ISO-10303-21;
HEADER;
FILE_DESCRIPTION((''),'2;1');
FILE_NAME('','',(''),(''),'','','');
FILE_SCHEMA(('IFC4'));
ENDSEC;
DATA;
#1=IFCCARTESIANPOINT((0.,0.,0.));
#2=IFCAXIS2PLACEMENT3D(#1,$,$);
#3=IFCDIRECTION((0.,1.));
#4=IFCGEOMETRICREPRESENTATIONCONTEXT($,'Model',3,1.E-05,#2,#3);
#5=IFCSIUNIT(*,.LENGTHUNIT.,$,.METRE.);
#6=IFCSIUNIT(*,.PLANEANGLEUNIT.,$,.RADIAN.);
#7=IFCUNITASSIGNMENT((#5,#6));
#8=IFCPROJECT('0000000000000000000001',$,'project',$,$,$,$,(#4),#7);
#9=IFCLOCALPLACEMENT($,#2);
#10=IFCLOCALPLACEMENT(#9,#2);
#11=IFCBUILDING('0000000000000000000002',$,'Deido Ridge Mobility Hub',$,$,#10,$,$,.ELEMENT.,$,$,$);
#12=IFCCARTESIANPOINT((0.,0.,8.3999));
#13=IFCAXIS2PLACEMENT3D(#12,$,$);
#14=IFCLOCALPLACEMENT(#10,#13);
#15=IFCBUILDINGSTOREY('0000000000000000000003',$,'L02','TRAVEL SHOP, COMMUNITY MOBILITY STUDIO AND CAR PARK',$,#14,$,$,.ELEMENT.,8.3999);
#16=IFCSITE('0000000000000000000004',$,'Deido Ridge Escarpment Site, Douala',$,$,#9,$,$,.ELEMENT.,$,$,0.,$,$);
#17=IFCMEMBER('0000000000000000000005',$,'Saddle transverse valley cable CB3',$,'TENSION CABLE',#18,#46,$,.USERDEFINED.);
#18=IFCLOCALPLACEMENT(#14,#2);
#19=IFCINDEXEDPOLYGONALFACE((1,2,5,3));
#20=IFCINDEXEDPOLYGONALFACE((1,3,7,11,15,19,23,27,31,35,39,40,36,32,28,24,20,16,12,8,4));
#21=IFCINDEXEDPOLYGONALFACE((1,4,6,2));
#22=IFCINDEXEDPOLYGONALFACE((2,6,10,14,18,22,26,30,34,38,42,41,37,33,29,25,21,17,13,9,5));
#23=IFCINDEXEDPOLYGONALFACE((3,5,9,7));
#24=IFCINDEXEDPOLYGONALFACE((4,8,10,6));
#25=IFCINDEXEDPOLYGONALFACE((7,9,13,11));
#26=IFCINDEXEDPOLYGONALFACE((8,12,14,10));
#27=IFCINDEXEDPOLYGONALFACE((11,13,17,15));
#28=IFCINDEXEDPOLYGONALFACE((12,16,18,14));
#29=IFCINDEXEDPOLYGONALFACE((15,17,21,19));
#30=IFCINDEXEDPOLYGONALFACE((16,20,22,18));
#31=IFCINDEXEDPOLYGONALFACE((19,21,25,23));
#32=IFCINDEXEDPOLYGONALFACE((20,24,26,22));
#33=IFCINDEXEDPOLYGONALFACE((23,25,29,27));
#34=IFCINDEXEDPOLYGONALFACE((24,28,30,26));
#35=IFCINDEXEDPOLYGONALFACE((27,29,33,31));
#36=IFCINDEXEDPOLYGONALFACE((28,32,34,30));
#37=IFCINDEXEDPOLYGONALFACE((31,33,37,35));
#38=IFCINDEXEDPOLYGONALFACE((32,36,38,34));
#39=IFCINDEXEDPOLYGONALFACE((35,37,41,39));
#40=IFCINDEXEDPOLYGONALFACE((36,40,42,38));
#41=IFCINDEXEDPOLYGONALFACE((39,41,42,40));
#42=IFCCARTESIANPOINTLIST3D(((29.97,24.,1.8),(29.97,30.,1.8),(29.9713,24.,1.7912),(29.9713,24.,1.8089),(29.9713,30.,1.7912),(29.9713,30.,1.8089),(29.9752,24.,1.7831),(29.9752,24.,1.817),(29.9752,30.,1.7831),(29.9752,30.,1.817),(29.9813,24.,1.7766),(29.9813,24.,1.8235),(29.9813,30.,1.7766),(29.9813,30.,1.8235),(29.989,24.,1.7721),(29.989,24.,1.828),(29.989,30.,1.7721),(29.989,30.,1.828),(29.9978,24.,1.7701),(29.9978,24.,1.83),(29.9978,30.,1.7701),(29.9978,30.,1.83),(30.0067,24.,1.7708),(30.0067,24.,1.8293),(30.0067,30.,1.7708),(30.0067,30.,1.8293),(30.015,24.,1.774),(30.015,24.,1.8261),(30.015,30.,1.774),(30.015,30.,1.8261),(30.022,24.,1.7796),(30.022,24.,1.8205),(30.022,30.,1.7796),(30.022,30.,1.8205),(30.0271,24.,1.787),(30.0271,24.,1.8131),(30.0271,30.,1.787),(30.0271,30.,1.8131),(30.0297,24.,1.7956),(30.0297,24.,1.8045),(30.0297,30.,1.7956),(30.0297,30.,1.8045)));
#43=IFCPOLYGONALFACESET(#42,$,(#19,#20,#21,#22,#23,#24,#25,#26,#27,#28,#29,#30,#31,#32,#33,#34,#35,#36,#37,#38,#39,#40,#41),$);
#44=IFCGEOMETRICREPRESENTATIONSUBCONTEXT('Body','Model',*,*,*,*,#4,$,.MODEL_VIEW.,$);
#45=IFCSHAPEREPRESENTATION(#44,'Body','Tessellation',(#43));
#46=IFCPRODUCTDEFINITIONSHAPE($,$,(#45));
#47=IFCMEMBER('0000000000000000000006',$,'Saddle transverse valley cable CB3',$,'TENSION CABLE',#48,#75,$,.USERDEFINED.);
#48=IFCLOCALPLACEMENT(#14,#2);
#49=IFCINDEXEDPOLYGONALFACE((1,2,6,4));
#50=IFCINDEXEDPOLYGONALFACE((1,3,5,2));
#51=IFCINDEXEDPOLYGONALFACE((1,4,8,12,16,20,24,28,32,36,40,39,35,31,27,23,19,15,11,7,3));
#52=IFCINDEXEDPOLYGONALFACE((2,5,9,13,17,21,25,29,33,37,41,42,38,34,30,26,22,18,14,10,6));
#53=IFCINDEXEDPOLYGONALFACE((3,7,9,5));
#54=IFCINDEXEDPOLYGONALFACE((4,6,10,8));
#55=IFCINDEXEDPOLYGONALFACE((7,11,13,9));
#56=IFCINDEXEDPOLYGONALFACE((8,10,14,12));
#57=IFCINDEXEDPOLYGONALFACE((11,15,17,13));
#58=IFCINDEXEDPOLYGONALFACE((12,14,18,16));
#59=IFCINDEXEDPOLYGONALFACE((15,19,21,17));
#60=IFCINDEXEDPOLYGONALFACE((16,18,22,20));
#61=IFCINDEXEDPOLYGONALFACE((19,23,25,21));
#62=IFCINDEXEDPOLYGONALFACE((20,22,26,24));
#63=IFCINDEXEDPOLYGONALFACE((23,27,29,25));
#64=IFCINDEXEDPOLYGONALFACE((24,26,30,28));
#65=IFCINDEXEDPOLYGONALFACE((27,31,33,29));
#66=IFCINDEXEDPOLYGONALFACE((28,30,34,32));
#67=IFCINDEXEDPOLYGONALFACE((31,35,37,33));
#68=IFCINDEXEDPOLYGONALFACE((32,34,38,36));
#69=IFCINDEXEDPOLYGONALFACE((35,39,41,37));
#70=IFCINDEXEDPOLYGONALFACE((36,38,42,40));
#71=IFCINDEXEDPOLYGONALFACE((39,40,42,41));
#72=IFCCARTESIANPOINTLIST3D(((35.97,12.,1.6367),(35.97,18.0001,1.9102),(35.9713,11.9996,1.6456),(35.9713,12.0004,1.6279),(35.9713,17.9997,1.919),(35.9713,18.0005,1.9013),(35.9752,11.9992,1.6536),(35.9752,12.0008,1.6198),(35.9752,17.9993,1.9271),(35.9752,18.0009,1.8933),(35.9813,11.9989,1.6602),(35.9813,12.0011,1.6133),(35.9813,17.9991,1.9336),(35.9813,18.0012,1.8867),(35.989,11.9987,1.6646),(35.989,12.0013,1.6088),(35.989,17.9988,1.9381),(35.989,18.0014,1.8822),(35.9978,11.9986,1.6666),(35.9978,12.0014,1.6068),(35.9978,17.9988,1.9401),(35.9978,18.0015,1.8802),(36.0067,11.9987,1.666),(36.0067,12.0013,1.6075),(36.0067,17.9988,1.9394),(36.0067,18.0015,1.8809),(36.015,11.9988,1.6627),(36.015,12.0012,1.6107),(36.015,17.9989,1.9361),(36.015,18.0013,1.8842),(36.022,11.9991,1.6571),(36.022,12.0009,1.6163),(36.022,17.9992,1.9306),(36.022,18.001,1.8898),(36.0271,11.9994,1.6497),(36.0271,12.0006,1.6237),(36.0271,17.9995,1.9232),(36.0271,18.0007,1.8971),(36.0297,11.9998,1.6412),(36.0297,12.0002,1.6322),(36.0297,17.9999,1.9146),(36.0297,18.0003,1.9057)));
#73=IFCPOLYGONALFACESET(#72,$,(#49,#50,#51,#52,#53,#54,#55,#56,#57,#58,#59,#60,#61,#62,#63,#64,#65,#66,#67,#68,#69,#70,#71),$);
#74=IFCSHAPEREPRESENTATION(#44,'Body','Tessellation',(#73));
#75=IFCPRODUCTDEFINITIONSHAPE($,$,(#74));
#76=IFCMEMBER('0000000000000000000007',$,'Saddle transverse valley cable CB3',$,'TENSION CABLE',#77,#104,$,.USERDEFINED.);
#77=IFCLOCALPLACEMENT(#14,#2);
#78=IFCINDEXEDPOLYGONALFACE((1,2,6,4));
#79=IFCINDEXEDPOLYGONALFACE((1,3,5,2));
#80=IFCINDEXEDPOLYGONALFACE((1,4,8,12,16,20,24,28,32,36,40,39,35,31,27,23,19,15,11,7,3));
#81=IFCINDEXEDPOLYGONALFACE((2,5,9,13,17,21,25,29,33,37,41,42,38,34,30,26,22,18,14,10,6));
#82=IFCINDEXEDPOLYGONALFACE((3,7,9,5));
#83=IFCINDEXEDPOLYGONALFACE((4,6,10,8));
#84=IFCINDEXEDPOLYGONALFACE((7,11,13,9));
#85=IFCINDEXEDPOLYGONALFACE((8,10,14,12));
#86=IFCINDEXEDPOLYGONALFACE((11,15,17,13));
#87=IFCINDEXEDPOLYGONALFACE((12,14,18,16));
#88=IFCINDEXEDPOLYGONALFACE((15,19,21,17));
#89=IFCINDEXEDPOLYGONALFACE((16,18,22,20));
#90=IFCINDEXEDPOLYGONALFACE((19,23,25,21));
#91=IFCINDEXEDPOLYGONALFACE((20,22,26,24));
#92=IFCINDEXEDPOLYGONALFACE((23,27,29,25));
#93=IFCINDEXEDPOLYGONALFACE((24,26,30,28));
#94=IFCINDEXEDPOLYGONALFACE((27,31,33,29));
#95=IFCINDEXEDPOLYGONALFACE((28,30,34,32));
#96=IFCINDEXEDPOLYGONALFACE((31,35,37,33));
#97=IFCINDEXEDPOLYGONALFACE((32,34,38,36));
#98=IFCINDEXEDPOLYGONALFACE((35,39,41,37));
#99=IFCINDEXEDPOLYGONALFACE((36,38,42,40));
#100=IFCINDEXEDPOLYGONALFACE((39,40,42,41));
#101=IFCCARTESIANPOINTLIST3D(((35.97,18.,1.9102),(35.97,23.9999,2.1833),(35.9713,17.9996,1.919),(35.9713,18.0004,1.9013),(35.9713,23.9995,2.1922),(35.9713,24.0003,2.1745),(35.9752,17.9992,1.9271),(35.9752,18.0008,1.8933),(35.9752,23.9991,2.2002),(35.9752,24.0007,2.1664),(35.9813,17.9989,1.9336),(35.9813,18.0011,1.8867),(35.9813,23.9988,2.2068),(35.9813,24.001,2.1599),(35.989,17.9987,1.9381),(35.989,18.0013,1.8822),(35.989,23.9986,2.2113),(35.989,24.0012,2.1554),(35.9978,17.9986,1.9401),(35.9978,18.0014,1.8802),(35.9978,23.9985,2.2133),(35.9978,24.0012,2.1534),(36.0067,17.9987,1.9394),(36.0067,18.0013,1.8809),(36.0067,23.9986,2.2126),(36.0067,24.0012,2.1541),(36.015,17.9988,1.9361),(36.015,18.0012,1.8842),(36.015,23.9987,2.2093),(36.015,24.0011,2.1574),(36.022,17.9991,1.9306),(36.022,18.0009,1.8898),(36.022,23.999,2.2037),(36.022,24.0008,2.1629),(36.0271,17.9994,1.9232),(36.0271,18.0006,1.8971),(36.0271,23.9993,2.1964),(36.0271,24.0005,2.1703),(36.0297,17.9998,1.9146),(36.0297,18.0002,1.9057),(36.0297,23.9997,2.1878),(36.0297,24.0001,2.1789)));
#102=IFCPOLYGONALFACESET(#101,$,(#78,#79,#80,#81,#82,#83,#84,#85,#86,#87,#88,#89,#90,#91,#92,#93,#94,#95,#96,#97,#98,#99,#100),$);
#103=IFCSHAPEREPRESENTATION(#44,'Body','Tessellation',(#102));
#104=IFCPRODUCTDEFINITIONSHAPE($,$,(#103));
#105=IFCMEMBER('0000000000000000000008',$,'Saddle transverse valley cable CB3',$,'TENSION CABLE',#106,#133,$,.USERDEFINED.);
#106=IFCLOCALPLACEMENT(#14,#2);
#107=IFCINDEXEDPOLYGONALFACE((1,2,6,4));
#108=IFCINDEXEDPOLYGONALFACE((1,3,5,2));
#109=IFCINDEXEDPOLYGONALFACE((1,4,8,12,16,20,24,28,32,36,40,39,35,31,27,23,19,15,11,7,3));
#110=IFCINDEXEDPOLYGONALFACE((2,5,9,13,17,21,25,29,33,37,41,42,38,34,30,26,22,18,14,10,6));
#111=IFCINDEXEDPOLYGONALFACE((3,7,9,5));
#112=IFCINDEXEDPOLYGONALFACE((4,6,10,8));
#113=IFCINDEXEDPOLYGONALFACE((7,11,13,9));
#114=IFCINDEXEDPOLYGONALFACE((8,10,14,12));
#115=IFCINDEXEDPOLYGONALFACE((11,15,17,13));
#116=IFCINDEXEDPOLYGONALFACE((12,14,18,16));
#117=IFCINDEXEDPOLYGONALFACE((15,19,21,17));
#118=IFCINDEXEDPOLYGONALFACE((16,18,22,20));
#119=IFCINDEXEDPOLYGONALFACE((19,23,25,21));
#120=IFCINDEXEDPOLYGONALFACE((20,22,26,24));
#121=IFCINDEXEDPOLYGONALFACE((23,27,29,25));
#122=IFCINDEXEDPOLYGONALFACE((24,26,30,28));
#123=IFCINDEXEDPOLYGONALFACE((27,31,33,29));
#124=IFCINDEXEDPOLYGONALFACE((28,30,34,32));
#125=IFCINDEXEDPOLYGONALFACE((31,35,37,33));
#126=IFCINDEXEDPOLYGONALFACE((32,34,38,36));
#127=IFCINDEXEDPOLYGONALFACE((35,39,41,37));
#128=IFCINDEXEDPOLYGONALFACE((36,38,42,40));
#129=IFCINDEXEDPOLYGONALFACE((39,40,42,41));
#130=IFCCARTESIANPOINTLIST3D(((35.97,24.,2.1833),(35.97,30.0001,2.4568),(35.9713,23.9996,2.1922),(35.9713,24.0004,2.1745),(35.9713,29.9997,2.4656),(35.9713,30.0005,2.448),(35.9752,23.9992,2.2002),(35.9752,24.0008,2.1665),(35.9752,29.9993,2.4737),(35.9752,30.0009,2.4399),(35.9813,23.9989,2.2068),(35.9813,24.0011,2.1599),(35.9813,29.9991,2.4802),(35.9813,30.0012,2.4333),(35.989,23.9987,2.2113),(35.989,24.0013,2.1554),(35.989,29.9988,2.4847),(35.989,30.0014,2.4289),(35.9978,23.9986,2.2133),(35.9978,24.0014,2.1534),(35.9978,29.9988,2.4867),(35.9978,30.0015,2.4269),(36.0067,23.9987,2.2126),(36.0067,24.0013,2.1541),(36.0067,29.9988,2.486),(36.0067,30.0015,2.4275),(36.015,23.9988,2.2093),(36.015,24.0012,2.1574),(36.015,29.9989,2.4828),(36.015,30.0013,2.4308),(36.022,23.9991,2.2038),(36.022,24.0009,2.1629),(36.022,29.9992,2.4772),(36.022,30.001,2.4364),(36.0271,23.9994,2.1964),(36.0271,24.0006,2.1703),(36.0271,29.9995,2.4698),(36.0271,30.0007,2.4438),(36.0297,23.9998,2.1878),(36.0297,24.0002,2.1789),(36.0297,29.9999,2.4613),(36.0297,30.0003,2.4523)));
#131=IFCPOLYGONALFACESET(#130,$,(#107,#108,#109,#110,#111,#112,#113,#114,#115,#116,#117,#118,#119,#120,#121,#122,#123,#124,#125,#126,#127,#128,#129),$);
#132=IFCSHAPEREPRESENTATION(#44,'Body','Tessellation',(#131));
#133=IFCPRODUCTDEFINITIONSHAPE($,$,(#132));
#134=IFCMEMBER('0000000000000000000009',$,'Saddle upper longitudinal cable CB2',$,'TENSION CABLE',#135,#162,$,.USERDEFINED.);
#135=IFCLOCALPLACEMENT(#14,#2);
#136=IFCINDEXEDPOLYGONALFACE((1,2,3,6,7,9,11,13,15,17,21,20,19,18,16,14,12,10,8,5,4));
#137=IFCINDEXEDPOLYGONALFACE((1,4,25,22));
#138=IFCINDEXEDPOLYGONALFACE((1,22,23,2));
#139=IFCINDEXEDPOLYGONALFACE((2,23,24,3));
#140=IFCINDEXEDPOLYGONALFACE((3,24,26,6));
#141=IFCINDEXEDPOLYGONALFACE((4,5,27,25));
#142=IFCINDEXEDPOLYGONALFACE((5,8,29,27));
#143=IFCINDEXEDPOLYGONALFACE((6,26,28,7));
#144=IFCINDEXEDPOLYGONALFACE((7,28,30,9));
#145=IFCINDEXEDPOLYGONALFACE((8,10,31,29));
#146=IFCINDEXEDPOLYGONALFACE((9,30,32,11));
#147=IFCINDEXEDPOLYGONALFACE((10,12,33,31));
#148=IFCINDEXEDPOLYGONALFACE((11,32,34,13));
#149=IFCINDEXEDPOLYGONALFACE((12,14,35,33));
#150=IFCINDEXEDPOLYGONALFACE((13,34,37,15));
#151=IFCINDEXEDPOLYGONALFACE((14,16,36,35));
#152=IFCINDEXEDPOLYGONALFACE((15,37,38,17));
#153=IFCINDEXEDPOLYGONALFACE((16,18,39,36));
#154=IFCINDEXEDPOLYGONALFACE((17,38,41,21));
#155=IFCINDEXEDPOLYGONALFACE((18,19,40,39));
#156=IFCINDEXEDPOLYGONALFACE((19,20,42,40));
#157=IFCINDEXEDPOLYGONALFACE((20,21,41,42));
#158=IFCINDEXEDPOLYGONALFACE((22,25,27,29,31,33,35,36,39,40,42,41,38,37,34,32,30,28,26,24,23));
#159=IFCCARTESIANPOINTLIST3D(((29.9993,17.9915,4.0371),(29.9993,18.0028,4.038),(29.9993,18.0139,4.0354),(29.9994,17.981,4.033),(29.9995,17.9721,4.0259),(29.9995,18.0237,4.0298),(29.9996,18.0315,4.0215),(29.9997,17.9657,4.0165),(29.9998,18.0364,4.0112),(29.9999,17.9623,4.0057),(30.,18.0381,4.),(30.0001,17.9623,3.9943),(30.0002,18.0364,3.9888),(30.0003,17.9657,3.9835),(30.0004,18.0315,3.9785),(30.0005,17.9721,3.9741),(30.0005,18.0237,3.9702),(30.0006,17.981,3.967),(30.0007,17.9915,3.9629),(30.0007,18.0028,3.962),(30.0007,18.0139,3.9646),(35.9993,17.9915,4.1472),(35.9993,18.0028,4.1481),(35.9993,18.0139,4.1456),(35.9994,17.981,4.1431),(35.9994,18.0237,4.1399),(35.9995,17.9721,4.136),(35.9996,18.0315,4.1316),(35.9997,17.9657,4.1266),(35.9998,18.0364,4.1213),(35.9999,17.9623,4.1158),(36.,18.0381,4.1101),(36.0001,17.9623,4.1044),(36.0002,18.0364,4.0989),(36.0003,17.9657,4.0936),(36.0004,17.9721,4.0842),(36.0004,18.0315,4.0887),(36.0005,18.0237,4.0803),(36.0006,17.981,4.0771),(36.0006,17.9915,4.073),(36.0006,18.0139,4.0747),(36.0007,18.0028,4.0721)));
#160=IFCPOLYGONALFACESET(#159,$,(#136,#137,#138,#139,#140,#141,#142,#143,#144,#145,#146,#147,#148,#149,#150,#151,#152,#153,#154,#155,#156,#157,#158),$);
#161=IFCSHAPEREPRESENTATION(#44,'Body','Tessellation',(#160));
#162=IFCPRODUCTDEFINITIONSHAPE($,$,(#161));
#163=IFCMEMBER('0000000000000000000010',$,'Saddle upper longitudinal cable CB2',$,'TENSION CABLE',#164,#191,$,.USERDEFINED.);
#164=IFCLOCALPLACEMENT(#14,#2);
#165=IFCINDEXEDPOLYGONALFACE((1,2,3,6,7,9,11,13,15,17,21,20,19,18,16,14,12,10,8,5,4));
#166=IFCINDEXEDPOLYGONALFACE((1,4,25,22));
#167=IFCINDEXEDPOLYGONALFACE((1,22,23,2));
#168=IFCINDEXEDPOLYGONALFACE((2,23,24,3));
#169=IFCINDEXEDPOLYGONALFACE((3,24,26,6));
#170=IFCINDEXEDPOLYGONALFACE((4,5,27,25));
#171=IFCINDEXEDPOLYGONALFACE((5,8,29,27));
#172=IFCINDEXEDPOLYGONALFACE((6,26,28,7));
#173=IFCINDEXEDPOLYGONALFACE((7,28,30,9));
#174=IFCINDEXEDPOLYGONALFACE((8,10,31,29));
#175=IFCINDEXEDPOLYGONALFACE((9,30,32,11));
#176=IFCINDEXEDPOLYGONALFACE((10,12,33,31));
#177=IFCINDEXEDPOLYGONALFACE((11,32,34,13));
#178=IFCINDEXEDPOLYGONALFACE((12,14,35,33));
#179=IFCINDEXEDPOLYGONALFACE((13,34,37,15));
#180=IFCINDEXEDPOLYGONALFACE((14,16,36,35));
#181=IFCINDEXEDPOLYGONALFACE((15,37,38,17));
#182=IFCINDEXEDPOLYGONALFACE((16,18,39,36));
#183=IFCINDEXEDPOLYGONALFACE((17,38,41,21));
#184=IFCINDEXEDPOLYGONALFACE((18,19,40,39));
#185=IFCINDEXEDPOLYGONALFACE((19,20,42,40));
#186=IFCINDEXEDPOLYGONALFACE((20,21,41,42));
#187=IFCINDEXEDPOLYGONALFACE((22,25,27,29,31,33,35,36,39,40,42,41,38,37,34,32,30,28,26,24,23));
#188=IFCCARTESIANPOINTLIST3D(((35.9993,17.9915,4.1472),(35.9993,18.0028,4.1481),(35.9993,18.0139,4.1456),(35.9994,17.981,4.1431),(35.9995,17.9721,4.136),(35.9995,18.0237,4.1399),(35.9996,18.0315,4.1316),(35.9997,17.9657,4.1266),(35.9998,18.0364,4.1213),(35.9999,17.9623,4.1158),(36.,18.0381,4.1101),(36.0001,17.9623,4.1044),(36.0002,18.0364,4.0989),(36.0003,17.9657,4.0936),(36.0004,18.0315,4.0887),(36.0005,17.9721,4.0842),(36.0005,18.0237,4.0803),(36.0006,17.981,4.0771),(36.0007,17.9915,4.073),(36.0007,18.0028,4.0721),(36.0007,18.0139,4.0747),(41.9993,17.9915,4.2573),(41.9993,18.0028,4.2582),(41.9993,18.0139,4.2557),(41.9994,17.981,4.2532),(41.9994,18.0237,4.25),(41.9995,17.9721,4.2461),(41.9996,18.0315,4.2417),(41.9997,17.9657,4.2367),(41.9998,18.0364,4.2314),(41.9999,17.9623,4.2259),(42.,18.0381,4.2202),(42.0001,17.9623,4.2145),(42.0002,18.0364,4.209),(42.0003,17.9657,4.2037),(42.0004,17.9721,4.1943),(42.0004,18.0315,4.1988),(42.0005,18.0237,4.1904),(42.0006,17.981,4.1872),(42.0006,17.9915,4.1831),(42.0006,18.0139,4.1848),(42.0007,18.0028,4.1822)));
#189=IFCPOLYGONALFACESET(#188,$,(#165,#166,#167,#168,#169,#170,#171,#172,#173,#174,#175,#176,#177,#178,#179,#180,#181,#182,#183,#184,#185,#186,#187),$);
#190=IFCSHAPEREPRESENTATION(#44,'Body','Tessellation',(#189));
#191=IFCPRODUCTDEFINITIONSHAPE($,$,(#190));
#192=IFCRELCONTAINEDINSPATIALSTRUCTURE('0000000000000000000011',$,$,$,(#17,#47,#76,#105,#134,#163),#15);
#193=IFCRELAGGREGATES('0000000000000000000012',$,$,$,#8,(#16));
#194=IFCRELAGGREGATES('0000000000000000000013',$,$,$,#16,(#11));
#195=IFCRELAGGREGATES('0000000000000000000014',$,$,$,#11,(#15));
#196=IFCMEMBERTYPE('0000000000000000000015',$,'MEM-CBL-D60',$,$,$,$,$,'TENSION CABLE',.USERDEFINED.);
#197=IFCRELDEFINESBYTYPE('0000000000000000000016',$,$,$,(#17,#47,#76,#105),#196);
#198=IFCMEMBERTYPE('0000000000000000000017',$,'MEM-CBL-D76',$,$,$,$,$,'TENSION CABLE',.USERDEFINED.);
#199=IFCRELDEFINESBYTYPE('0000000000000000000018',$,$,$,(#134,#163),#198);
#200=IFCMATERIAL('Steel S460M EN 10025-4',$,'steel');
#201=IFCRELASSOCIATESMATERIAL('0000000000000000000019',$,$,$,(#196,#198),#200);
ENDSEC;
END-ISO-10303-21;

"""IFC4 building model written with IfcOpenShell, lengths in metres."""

from ifc_helpers import new_model, si_unit, direction, frame, origin, origin_2d, place, context, subcontext, project, spatial, circle, extrude, material, material_profile, profile_set, type_object, element, save


model = new_model("IFC4")

# Units and contexts
model_context = context("Model", 3, precision=1e-05, world=origin(), true_north=direction((0.0, 1.0)))
body_context = subcontext(model_context, "Body", "Model", "MODEL_VIEW")
ifc_project = project(units=[si_unit("LENGTHUNIT", "METRE"), si_unit("PLANEANGLEUNIT", "RADIAN")], contexts=[model_context])

# Site, building, storey
site_placement = place(None, origin())
site = spatial("IfcSite", under=ifc_project, at=site_placement, Name="Deido Ridge Escarpment Site, Douala", CompositionType="ELEMENT", RefElevation=0.0)
building_placement = place(site_placement, origin())
building = spatial("IfcBuilding", under=site, at=building_placement, Name="Deido Ridge Mobility Hub", CompositionType="ELEMENT")
storey_placement = place(building_placement, frame((0.0, 0.0, 8.3999)))
storey = spatial("IfcBuildingStorey", under=building, at=storey_placement, Name="L02", Description="TRAVEL SHOP, COMMUNITY MOBILITY STUDIO AND CAR PARK", CompositionType="ELEMENT", Elevation=8.3999)

# Members
ifc_material_1 = material(Name="Steel S460M EN 10025-4", Category="steel")
ifc_material_profile_1 = material_profile(ifc_material_1, circle(Radius=0.03, at=origin_2d()), Name="CABLE D60")
ifc_profile_set_1 = profile_set([ifc_material_profile_1], Name="Steel S460M EN 10025-4")
member_type_1 = type_object("IfcMemberType", Name="MEM-CBL-D60", ElementType="TENSION CABLE", PredefinedType="USERDEFINED", material=ifc_profile_set_1)
for number, where, z_axis, x_axis, name in (
    (1, (30.0, 24.0, 1.8), (0.0, 1.0, 0.0), (-1.0, 0.0, 0.0), "Saddle transverse valley cable CB3"),
):
    element("IfcMember", number, at=place(storey_placement, frame(where, z_axis=z_axis, x_axis=x_axis)), inside=storey, type_object=member_type_1, Name=name, ObjectType="TENSION CABLE", PredefinedType="USERDEFINED", context=body_context, shape_type="SweptSolid", body=[
        extrude(circle(Radius=0.03, at=origin_2d()), origin(), (0.0, 0.0, 1.0), 6.0),
    ])
member_1_placement = place(storey_placement, frame((36.0, 12.0, 1.6367), z_axis=(0.0, 0.998963, 0.045526), x_axis=(-1.0, 0.0, 0.0)))
element("IfcMember", 2, at=member_1_placement, inside=storey, type_object=member_type_1, Name="Saddle transverse valley cable CB3", ObjectType="TENSION CABLE", PredefinedType="USERDEFINED", context=body_context, shape_type="SweptSolid", body=[
    extrude(circle(Radius=0.03, at=origin_2d()), origin(), (0.0, 0.0, 1.0), 6.0063),
])
member_2_placement = place(storey_placement, frame((36.0, 18.0, 1.9102), z_axis=(0.0, 0.998965, 0.045485), x_axis=(-1.0, 0.0, 0.0)))
element("IfcMember", 3, at=member_2_placement, inside=storey, type_object=member_type_1, Name="Saddle transverse valley cable CB3", ObjectType="TENSION CABLE", PredefinedType="USERDEFINED", context=body_context, shape_type="SweptSolid", body=[
    extrude(circle(Radius=0.03, at=origin_2d()), origin(), (0.0, 0.0, 1.0), 6.0061),
])
member_3_placement = place(storey_placement, frame((36.0, 24.0, 2.1833), z_axis=(0.0, 0.998963, 0.045526), x_axis=(-1.0, 0.0, 0.0)))
element("IfcMember", 4, at=member_3_placement, inside=storey, type_object=member_type_1, Name="Saddle transverse valley cable CB3", ObjectType="TENSION CABLE", PredefinedType="USERDEFINED", context=body_context, shape_type="SweptSolid", body=[
    extrude(circle(Radius=0.03, at=origin_2d()), origin(), (0.0, 0.0, 1.0), 6.0063),
])
ifc_material_profile_2 = material_profile(ifc_material_1, circle(Radius=0.0381, at=origin_2d()), Name="CABLE D76")
ifc_profile_set_2 = profile_set([ifc_material_profile_2], Name="Steel S460M EN 10025-4")
member_type_2 = type_object("IfcMemberType", Name="MEM-CBL-D76", ElementType="TENSION CABLE", PredefinedType="USERDEFINED", material=ifc_profile_set_2)
for number, where, z_axis, x_axis, name in (
    (5, (30.0, 18.0, 4.0), (0.999832, 0.0, 0.018348), (0.0, 1.0, 0.0), "Saddle upper longitudinal cable CB2"),
    (6, (36.0, 18.0, 4.1101), (0.999832, 0.0, 0.018348), (0.0, 1.0, 0.0), "Saddle upper longitudinal cable CB2"),
):
    element("IfcMember", number, at=place(storey_placement, frame(where, z_axis=z_axis, x_axis=x_axis)), inside=storey, type_object=member_type_2, Name=name, ObjectType="TENSION CABLE", PredefinedType="USERDEFINED", context=body_context, shape_type="SweptSolid", body=[
        extrude(circle(Radius=0.0381, at=origin_2d()), origin(), (0.0, 0.0, 1.0), 6.001),
    ])

save(model, "model.ifc")
